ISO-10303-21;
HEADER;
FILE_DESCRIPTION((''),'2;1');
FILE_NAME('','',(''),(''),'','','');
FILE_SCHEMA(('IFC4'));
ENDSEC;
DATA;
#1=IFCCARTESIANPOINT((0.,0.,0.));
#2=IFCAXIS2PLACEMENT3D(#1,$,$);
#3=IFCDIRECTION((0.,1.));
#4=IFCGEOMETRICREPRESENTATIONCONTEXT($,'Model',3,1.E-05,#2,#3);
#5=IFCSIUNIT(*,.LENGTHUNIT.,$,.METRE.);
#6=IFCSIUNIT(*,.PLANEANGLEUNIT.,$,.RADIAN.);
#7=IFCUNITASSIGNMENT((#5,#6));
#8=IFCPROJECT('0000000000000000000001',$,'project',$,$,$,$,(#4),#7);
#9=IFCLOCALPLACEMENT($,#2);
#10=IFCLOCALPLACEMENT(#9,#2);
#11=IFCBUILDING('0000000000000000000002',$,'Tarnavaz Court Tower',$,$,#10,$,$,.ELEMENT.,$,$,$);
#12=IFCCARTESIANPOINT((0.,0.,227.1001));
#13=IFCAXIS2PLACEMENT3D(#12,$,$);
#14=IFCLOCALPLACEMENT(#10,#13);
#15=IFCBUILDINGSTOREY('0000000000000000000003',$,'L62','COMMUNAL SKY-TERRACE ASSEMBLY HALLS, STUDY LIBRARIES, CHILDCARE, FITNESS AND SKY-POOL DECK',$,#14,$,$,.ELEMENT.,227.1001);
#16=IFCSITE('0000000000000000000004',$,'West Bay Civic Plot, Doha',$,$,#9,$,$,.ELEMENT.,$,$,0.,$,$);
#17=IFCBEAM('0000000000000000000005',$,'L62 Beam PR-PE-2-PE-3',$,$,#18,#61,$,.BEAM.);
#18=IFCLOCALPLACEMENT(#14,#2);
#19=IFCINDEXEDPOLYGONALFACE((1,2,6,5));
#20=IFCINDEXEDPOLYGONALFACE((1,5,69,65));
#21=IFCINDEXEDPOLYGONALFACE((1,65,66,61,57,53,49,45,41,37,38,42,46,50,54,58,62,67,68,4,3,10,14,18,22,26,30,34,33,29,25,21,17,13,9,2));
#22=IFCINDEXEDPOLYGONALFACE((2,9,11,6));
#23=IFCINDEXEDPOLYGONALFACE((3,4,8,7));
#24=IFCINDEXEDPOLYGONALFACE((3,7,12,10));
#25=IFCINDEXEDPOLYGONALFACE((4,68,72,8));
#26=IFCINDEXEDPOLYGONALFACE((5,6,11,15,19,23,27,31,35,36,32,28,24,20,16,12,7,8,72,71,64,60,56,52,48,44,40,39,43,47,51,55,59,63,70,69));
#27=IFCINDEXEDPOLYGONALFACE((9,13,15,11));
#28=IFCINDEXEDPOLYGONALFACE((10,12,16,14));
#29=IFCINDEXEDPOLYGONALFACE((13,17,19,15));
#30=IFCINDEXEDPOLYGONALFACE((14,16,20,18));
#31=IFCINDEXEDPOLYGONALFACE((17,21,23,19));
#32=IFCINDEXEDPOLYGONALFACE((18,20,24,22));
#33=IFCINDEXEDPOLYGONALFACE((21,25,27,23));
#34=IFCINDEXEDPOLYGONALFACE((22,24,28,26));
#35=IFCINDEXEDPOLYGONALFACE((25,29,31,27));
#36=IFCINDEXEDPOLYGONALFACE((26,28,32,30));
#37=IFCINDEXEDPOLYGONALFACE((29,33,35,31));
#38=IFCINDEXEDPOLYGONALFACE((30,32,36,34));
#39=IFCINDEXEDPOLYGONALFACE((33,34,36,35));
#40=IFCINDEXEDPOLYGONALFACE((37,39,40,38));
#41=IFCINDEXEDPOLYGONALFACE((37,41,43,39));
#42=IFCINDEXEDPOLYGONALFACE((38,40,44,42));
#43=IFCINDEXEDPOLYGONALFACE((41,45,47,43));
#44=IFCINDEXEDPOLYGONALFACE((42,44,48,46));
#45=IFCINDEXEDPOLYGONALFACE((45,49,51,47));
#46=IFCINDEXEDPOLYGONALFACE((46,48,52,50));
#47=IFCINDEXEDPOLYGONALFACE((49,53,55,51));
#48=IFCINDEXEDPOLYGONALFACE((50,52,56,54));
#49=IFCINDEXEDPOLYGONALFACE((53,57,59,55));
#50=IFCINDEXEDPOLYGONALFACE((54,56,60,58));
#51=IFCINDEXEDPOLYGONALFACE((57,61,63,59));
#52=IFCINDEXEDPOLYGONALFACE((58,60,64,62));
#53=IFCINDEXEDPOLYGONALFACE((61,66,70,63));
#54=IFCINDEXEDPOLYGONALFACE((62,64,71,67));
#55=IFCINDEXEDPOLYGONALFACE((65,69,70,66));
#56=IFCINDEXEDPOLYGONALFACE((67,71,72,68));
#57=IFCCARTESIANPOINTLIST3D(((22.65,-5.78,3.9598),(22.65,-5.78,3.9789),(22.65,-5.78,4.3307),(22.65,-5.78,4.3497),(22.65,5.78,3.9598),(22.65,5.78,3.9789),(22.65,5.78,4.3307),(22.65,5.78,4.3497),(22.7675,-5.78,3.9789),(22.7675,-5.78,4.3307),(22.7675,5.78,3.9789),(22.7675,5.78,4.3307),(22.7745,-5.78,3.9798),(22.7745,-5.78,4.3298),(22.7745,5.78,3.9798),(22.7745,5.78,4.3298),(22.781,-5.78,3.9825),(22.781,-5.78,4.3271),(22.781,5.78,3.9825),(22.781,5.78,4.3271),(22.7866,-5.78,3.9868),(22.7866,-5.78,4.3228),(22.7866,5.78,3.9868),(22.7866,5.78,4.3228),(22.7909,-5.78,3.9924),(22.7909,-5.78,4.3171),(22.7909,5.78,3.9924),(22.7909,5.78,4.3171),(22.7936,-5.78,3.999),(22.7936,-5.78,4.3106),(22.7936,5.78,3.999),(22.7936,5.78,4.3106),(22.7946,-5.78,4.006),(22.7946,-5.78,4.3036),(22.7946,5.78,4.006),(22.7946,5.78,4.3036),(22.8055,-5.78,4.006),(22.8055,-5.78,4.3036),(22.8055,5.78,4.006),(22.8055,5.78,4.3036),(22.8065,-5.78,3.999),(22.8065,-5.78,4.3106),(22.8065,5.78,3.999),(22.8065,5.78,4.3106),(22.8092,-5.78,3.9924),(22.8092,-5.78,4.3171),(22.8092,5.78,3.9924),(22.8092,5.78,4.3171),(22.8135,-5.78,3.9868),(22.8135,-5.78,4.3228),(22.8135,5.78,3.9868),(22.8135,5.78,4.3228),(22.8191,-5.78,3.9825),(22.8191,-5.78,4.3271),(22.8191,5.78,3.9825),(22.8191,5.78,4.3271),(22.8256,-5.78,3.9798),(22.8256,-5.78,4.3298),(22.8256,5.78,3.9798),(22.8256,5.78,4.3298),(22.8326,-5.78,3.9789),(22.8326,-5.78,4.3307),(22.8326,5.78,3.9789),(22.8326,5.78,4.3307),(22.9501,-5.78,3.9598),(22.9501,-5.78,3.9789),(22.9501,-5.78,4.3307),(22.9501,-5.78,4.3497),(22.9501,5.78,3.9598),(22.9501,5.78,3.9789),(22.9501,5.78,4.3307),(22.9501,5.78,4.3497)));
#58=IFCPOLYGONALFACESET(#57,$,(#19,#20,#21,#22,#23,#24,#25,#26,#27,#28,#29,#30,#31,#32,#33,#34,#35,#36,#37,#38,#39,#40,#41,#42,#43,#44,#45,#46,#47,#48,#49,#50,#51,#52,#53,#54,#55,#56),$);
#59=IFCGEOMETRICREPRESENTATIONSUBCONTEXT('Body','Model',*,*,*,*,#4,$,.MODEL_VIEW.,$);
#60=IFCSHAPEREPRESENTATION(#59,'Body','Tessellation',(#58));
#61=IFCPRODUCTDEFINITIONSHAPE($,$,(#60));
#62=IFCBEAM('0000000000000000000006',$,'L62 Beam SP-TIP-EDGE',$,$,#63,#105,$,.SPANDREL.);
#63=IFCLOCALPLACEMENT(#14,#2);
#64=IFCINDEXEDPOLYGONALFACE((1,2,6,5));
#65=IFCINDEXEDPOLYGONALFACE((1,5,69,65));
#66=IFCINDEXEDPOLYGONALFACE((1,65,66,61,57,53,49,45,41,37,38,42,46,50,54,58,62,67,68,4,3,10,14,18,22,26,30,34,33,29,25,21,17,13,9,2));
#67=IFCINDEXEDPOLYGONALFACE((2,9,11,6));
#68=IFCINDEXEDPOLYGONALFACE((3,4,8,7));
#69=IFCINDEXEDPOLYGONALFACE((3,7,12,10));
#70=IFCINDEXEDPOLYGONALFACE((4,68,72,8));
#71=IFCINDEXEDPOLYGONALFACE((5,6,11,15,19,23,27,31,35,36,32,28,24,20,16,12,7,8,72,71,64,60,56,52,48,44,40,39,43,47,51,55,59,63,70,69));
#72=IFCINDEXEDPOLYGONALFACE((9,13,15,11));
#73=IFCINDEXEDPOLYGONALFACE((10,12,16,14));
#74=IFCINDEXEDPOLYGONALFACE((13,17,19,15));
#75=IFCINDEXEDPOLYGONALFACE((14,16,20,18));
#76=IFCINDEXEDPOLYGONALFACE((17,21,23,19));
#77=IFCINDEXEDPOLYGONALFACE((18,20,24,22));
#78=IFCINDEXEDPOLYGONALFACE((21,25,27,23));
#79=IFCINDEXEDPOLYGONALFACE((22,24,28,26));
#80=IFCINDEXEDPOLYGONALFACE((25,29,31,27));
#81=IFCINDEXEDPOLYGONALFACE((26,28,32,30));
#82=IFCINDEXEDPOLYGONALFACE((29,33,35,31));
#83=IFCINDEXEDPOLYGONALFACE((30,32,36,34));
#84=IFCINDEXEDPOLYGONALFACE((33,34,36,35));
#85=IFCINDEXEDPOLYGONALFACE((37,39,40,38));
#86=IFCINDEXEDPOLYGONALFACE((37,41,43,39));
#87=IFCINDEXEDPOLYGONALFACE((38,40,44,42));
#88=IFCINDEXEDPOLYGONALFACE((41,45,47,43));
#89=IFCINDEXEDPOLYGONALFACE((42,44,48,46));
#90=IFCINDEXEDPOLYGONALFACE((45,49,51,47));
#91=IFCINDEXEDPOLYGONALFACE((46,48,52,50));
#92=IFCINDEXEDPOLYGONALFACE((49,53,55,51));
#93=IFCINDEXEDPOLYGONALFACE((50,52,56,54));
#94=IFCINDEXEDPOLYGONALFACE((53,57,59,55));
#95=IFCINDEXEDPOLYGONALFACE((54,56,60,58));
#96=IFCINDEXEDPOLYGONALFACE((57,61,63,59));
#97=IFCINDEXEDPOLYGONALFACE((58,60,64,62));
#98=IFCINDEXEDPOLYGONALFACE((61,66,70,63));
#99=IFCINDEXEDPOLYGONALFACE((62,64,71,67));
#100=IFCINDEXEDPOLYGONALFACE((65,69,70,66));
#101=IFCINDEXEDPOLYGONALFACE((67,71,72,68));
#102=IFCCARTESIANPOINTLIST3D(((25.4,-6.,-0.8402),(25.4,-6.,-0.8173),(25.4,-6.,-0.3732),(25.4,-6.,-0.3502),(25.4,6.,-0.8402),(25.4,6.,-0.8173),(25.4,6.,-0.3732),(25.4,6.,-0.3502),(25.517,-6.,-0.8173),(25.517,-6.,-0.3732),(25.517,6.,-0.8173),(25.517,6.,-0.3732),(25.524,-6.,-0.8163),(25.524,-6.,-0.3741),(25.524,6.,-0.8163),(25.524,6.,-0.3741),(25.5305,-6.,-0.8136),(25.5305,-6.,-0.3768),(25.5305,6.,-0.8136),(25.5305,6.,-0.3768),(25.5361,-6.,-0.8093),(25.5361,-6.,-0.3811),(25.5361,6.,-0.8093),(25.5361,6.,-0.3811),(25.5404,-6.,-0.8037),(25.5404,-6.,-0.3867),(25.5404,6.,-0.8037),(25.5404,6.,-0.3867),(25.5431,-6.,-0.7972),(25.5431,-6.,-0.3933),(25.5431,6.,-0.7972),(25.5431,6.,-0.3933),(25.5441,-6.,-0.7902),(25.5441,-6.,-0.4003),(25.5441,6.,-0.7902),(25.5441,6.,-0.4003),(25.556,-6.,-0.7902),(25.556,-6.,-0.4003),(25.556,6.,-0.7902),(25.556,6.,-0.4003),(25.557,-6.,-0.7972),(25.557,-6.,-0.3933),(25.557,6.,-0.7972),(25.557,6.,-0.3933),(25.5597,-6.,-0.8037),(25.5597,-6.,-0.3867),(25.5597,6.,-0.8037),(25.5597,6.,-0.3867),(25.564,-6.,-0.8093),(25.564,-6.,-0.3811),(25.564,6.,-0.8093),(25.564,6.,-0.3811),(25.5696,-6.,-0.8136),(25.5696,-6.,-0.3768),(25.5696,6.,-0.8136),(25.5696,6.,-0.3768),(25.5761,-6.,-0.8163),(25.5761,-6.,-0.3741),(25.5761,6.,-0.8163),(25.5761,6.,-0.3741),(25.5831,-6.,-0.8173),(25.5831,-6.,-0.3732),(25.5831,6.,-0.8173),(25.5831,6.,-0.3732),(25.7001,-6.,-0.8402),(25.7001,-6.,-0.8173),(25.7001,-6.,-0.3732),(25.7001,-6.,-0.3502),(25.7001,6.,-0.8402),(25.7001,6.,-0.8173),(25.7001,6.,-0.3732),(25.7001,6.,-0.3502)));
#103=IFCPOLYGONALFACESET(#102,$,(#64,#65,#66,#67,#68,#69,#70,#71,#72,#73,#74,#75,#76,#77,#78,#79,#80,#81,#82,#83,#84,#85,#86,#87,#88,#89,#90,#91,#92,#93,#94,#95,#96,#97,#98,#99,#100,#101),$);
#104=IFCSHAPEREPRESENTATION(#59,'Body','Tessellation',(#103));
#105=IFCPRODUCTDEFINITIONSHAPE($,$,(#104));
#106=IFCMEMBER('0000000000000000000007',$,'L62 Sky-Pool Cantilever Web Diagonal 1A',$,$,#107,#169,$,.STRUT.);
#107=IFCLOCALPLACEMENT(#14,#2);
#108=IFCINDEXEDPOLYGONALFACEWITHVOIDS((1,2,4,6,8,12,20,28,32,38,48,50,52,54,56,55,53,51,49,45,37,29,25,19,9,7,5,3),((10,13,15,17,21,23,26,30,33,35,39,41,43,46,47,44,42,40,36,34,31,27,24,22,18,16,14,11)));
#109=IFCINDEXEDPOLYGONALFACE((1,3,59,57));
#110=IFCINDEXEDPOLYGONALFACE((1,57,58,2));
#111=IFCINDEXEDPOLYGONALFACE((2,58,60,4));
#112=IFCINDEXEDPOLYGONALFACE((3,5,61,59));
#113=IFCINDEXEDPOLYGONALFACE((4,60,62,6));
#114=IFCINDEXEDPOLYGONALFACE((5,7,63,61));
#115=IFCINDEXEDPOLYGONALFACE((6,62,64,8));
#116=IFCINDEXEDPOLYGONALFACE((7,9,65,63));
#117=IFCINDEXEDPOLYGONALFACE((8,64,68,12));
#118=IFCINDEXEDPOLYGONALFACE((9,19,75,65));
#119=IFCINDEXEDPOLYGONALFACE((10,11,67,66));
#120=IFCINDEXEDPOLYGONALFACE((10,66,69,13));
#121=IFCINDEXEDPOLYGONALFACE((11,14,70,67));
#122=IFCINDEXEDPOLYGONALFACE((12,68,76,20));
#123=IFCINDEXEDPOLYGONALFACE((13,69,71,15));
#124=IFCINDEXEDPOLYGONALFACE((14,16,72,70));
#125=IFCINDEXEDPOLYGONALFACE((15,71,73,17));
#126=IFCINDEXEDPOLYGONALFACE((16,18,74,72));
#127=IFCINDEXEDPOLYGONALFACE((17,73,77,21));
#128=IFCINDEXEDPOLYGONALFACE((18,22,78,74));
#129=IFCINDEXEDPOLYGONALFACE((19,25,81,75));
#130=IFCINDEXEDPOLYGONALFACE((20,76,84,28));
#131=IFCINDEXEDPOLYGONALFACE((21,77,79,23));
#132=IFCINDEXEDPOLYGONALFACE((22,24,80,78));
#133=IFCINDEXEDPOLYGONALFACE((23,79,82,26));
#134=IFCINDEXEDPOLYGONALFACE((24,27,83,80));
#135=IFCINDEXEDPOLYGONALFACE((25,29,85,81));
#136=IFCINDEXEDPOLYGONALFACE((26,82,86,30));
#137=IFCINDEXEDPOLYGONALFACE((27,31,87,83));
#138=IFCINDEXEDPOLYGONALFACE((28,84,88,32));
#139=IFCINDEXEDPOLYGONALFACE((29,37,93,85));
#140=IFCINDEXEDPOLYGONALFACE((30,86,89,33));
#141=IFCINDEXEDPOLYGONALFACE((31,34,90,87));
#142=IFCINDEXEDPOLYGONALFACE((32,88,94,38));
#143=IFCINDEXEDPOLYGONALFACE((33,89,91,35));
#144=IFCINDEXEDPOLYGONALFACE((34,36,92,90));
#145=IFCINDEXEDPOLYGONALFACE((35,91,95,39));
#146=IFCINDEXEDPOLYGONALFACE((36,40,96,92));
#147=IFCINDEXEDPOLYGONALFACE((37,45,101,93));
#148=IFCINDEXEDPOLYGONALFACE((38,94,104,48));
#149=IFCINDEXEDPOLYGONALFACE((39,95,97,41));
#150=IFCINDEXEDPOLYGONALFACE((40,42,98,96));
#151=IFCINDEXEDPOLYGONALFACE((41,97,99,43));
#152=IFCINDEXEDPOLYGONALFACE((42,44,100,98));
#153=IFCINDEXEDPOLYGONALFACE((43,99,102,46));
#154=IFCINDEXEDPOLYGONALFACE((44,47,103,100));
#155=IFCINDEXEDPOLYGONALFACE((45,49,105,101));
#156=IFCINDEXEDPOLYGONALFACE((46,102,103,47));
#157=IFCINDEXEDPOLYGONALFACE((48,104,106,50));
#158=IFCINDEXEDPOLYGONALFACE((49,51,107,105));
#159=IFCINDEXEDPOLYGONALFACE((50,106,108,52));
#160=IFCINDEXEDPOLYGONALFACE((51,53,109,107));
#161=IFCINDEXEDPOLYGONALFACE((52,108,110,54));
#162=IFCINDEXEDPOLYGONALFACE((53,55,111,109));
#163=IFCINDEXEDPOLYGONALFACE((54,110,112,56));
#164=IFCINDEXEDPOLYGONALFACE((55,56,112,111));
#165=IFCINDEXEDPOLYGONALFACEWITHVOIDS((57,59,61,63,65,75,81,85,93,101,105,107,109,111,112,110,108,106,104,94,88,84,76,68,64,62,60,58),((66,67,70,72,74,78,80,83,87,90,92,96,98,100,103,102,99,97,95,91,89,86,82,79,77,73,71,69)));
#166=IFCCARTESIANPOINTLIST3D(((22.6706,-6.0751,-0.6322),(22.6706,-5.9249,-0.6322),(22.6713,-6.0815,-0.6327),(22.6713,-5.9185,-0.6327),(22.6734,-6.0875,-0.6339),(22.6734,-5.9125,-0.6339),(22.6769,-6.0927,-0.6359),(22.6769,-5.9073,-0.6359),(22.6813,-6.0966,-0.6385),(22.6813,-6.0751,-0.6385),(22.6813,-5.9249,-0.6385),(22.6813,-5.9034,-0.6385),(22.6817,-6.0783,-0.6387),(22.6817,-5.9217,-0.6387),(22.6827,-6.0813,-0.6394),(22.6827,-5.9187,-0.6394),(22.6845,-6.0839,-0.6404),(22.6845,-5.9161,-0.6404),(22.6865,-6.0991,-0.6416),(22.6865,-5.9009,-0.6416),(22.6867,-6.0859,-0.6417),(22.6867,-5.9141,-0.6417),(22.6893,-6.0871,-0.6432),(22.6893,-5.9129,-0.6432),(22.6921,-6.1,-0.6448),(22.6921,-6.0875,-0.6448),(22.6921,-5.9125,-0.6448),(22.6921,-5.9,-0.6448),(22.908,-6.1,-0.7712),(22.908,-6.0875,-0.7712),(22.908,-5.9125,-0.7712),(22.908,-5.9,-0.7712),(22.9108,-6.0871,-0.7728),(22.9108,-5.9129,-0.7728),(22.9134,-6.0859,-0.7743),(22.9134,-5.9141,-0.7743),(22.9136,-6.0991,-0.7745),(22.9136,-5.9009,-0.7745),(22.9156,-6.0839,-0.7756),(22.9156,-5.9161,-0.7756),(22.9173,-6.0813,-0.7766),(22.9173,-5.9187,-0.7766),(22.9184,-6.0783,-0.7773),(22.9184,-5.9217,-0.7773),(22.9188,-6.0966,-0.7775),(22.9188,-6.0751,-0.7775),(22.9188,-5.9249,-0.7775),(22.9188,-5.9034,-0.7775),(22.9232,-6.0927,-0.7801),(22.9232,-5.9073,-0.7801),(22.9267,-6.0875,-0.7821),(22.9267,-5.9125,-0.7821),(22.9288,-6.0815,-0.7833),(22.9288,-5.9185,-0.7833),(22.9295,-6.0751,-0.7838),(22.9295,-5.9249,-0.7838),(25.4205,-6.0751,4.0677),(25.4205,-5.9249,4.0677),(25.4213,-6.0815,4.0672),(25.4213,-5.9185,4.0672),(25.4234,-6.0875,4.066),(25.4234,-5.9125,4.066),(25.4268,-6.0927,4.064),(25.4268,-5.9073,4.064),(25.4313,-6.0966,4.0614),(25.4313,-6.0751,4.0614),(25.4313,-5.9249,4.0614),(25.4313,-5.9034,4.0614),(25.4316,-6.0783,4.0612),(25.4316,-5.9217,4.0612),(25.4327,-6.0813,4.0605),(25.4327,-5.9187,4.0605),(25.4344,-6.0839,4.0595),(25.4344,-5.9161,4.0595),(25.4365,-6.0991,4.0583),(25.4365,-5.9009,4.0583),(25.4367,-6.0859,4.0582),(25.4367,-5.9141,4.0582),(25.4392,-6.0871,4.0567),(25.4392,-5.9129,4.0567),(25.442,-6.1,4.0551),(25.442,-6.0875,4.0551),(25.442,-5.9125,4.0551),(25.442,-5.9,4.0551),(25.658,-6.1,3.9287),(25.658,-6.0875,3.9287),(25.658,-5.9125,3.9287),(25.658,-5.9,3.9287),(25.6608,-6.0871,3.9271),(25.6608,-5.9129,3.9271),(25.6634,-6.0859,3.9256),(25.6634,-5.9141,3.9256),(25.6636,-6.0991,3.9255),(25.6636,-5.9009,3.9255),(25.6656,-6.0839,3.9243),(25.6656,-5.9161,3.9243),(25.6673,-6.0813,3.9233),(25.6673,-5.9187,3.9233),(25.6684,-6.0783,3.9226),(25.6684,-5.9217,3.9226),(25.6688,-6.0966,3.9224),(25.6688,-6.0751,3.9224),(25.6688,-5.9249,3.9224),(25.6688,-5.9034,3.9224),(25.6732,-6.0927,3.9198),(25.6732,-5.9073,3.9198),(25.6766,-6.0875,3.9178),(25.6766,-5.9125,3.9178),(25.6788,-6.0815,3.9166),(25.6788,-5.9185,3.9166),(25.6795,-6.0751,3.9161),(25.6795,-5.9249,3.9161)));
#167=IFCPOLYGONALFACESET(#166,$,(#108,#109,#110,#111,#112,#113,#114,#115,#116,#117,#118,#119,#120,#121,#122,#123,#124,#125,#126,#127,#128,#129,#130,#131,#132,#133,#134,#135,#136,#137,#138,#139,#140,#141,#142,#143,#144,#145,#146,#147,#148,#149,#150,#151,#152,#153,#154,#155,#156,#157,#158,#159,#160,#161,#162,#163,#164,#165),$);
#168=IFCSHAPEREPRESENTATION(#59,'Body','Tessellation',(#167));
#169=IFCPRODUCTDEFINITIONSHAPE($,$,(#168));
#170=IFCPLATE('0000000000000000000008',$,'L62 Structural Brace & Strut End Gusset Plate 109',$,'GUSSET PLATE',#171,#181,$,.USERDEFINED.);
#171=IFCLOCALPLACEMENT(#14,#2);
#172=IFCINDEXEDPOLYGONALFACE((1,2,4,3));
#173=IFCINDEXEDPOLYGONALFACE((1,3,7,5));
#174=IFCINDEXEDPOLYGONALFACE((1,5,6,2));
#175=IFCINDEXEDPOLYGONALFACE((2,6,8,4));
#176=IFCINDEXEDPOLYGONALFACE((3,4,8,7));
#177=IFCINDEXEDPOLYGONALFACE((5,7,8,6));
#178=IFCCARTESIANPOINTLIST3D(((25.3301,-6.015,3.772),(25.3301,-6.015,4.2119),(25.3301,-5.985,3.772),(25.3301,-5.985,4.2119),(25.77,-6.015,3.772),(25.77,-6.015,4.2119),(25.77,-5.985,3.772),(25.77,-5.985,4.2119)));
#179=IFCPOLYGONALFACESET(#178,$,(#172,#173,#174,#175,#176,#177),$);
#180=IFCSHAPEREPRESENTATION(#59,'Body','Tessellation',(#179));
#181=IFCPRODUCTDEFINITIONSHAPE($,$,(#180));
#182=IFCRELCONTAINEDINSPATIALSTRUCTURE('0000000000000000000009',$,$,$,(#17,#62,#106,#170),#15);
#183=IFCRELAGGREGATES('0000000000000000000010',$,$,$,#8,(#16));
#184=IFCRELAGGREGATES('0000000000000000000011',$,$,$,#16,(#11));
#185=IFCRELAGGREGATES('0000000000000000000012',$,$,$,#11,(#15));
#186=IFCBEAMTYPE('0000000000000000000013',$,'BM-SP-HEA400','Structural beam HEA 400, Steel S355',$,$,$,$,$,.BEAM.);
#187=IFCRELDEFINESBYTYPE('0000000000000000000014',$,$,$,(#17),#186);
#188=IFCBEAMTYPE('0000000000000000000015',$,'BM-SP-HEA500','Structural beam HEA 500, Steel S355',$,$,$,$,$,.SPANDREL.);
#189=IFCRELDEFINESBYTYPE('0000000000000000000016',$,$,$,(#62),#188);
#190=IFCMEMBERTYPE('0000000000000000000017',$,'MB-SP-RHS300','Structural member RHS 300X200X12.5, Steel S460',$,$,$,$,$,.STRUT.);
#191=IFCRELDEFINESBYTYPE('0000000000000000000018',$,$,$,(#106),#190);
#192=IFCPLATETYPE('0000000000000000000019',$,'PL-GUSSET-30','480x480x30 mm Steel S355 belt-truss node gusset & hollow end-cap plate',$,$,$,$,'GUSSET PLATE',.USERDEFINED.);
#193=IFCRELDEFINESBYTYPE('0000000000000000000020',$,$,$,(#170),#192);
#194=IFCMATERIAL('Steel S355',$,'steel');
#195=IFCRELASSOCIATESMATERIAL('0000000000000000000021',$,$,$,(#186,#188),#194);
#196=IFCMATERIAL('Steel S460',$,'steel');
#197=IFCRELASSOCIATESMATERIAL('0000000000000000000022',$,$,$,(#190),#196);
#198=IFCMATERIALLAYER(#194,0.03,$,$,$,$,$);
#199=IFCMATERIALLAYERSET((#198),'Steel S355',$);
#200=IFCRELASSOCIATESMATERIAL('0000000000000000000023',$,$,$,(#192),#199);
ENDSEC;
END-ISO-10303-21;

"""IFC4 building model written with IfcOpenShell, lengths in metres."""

from ifc_helpers import new_model, si_unit, direction, frame, origin, origin_2d, place, context, subcontext, project, spatial, rectangle, hollow_rectangle, i_section, extrude, material, layer, layer_set, material_profile, profile_set, type_object, element, save


model = new_model("IFC4")

# Units and contexts
model_context = context("Model", 3, precision=1e-05, world=origin(), true_north=direction((0.0, 1.0)))
body_context = subcontext(model_context, "Body", "Model", "MODEL_VIEW")
ifc_project = project(units=[si_unit("LENGTHUNIT", "METRE"), si_unit("PLANEANGLEUNIT", "RADIAN")], contexts=[model_context])

# Site, building, storey
site_placement = place(None, origin())
site = spatial("IfcSite", under=ifc_project, at=site_placement, Name="West Bay Civic Plot, Doha", CompositionType="ELEMENT", RefElevation=0.0)
building_placement = place(site_placement, origin())
building = spatial("IfcBuilding", under=site, at=building_placement, Name="Tarnavaz Court Tower", CompositionType="ELEMENT")
storey_placement = place(building_placement, frame((0.0, 0.0, 227.1001)))
storey = spatial("IfcBuildingStorey", under=building, at=storey_placement, Name="L62", Description="COMMUNAL SKY-TERRACE ASSEMBLY HALLS, STUDY LIBRARIES, CHILDCARE, FITNESS AND SKY-POOL DECK", CompositionType="ELEMENT", Elevation=227.1001)

# Beams
ifc_material_1 = material(Name="Steel S460", Category="steel")
ifc_material_2 = material(Name="Steel S355", Category="steel")
ifc_material_profile_1 = material_profile(ifc_material_2, i_section(OverallWidth=0.3, OverallDepth=0.3899, WebThickness=0.011, FlangeThickness=0.019, FilletRadius=0.0271, at=origin_2d()), Name="HEA 400")
ifc_profile_set_1 = profile_set([ifc_material_profile_1], Name="Steel S355")
beam_type_1 = type_object("IfcBeamType", Name="BM-SP-HEA400", Description="Structural beam HEA 400, Steel S355", PredefinedType="BEAM", material=ifc_profile_set_1)
beam_1_placement = place(storey_placement, frame((22.8, -5.78, 4.1548), z_axis=(0.0, 1.0, 0.0), x_axis=(-1.0, 0.0, 0.0)))
element("IfcBeam", 1, at=beam_1_placement, inside=storey, type_object=beam_type_1, Name="L62 Beam PR-PE-2-PE-3", PredefinedType="BEAM", context=body_context, shape_type="SweptSolid", body=[
    extrude(i_section(OverallWidth=0.3, OverallDepth=0.3899, WebThickness=0.011, FlangeThickness=0.019, FilletRadius=0.0271, at=origin_2d()), origin(), (0.0, 0.0, 1.0), 11.5601),
])
ifc_material_profile_2 = material_profile(ifc_material_2, i_section(OverallWidth=0.3, OverallDepth=0.49, WebThickness=0.012, FlangeThickness=0.0229, FilletRadius=0.0271, at=origin_2d()), Name="HEA 500")
ifc_profile_set_2 = profile_set([ifc_material_profile_2], Name="Steel S355")
beam_type_2 = type_object("IfcBeamType", Name="BM-SP-HEA500", Description="Structural beam HEA 500, Steel S355", PredefinedType="SPANDREL", material=ifc_profile_set_2)
beam_2_placement = place(storey_placement, frame((25.55, -6.0, -0.5952), z_axis=(0.0, 1.0, 0.0), x_axis=(-1.0, 0.0, 0.0)))
element("IfcBeam", 2, at=beam_2_placement, inside=storey, type_object=beam_type_2, Name="L62 Beam SP-TIP-EDGE", PredefinedType="SPANDREL", context=body_context, shape_type="SweptSolid", body=[
    extrude(i_section(OverallWidth=0.3, OverallDepth=0.49, WebThickness=0.012, FlangeThickness=0.0229, FilletRadius=0.0271, at=origin_2d()), origin(), (0.0, 0.0, 1.0), 12.0),
])

# Member
ifc_material_profile_3 = material_profile(ifc_material_1, hollow_rectangle(XDim=0.2, YDim=0.3, WallThickness=0.0125, InnerFilletRadius=0.0125, OuterFilletRadius=0.0249, at=origin_2d()), Name="RHS 300X200X12.5")
ifc_profile_set_3 = profile_set([ifc_material_profile_3], Name="Steel S460")
member_type = type_object("IfcMemberType", Name="MB-SP-RHS300", Description="Structural member RHS 300X200X12.5, Steel S460", PredefinedType="STRUT", material=ifc_profile_set_3)
member_placement = place(storey_placement, frame((22.8, -6.0, -0.708), z_axis=(0.505016, 0.0, 0.86311), x_axis=(0.0, 1.0, 0.0)))
element("IfcMember", 3, at=member_placement, inside=storey, type_object=member_type, Name="L62 Sky-Pool Cantilever Web Diagonal 1A", PredefinedType="STRUT", context=body_context, shape_type="SweptSolid", body=[
    extrude(hollow_rectangle(XDim=0.2, YDim=0.3, WallThickness=0.0125, InnerFilletRadius=0.0125, OuterFilletRadius=0.0249, at=origin_2d()), origin(), (0.0, 0.0, 1.0), 5.4453),
])

# Plate
ifc_layer_1 = layer(ifc_material_2, 0.03)
ifc_layer_set_1 = layer_set([ifc_layer_1], Name="Steel S355")
plate_type = type_object("IfcPlateType", Name="PL-GUSSET-30", Description="480x480x30 mm Steel S355 belt-truss node gusset & hollow end-cap plate", ElementType="GUSSET PLATE", PredefinedType="USERDEFINED", material=ifc_layer_set_1)
plate_placement = place(storey_placement, frame((25.55, -6.0, 3.772), z_axis=(0.0, 0.0, 1.0), x_axis=(1.0, 0.0, 0.0)))
element("IfcPlate", 4, at=plate_placement, inside=storey, type_object=plate_type, Name="L62 Structural Brace & Strut End Gusset Plate 109", ObjectType="GUSSET PLATE", PredefinedType="USERDEFINED", context=body_context, shape_type="SweptSolid", body=[
    extrude(rectangle(XDim=0.4399, YDim=0.03, at=origin_2d()), origin(), (0.0, 0.0, 1.0), 0.4399),
])

save(model, "model.ifc")
